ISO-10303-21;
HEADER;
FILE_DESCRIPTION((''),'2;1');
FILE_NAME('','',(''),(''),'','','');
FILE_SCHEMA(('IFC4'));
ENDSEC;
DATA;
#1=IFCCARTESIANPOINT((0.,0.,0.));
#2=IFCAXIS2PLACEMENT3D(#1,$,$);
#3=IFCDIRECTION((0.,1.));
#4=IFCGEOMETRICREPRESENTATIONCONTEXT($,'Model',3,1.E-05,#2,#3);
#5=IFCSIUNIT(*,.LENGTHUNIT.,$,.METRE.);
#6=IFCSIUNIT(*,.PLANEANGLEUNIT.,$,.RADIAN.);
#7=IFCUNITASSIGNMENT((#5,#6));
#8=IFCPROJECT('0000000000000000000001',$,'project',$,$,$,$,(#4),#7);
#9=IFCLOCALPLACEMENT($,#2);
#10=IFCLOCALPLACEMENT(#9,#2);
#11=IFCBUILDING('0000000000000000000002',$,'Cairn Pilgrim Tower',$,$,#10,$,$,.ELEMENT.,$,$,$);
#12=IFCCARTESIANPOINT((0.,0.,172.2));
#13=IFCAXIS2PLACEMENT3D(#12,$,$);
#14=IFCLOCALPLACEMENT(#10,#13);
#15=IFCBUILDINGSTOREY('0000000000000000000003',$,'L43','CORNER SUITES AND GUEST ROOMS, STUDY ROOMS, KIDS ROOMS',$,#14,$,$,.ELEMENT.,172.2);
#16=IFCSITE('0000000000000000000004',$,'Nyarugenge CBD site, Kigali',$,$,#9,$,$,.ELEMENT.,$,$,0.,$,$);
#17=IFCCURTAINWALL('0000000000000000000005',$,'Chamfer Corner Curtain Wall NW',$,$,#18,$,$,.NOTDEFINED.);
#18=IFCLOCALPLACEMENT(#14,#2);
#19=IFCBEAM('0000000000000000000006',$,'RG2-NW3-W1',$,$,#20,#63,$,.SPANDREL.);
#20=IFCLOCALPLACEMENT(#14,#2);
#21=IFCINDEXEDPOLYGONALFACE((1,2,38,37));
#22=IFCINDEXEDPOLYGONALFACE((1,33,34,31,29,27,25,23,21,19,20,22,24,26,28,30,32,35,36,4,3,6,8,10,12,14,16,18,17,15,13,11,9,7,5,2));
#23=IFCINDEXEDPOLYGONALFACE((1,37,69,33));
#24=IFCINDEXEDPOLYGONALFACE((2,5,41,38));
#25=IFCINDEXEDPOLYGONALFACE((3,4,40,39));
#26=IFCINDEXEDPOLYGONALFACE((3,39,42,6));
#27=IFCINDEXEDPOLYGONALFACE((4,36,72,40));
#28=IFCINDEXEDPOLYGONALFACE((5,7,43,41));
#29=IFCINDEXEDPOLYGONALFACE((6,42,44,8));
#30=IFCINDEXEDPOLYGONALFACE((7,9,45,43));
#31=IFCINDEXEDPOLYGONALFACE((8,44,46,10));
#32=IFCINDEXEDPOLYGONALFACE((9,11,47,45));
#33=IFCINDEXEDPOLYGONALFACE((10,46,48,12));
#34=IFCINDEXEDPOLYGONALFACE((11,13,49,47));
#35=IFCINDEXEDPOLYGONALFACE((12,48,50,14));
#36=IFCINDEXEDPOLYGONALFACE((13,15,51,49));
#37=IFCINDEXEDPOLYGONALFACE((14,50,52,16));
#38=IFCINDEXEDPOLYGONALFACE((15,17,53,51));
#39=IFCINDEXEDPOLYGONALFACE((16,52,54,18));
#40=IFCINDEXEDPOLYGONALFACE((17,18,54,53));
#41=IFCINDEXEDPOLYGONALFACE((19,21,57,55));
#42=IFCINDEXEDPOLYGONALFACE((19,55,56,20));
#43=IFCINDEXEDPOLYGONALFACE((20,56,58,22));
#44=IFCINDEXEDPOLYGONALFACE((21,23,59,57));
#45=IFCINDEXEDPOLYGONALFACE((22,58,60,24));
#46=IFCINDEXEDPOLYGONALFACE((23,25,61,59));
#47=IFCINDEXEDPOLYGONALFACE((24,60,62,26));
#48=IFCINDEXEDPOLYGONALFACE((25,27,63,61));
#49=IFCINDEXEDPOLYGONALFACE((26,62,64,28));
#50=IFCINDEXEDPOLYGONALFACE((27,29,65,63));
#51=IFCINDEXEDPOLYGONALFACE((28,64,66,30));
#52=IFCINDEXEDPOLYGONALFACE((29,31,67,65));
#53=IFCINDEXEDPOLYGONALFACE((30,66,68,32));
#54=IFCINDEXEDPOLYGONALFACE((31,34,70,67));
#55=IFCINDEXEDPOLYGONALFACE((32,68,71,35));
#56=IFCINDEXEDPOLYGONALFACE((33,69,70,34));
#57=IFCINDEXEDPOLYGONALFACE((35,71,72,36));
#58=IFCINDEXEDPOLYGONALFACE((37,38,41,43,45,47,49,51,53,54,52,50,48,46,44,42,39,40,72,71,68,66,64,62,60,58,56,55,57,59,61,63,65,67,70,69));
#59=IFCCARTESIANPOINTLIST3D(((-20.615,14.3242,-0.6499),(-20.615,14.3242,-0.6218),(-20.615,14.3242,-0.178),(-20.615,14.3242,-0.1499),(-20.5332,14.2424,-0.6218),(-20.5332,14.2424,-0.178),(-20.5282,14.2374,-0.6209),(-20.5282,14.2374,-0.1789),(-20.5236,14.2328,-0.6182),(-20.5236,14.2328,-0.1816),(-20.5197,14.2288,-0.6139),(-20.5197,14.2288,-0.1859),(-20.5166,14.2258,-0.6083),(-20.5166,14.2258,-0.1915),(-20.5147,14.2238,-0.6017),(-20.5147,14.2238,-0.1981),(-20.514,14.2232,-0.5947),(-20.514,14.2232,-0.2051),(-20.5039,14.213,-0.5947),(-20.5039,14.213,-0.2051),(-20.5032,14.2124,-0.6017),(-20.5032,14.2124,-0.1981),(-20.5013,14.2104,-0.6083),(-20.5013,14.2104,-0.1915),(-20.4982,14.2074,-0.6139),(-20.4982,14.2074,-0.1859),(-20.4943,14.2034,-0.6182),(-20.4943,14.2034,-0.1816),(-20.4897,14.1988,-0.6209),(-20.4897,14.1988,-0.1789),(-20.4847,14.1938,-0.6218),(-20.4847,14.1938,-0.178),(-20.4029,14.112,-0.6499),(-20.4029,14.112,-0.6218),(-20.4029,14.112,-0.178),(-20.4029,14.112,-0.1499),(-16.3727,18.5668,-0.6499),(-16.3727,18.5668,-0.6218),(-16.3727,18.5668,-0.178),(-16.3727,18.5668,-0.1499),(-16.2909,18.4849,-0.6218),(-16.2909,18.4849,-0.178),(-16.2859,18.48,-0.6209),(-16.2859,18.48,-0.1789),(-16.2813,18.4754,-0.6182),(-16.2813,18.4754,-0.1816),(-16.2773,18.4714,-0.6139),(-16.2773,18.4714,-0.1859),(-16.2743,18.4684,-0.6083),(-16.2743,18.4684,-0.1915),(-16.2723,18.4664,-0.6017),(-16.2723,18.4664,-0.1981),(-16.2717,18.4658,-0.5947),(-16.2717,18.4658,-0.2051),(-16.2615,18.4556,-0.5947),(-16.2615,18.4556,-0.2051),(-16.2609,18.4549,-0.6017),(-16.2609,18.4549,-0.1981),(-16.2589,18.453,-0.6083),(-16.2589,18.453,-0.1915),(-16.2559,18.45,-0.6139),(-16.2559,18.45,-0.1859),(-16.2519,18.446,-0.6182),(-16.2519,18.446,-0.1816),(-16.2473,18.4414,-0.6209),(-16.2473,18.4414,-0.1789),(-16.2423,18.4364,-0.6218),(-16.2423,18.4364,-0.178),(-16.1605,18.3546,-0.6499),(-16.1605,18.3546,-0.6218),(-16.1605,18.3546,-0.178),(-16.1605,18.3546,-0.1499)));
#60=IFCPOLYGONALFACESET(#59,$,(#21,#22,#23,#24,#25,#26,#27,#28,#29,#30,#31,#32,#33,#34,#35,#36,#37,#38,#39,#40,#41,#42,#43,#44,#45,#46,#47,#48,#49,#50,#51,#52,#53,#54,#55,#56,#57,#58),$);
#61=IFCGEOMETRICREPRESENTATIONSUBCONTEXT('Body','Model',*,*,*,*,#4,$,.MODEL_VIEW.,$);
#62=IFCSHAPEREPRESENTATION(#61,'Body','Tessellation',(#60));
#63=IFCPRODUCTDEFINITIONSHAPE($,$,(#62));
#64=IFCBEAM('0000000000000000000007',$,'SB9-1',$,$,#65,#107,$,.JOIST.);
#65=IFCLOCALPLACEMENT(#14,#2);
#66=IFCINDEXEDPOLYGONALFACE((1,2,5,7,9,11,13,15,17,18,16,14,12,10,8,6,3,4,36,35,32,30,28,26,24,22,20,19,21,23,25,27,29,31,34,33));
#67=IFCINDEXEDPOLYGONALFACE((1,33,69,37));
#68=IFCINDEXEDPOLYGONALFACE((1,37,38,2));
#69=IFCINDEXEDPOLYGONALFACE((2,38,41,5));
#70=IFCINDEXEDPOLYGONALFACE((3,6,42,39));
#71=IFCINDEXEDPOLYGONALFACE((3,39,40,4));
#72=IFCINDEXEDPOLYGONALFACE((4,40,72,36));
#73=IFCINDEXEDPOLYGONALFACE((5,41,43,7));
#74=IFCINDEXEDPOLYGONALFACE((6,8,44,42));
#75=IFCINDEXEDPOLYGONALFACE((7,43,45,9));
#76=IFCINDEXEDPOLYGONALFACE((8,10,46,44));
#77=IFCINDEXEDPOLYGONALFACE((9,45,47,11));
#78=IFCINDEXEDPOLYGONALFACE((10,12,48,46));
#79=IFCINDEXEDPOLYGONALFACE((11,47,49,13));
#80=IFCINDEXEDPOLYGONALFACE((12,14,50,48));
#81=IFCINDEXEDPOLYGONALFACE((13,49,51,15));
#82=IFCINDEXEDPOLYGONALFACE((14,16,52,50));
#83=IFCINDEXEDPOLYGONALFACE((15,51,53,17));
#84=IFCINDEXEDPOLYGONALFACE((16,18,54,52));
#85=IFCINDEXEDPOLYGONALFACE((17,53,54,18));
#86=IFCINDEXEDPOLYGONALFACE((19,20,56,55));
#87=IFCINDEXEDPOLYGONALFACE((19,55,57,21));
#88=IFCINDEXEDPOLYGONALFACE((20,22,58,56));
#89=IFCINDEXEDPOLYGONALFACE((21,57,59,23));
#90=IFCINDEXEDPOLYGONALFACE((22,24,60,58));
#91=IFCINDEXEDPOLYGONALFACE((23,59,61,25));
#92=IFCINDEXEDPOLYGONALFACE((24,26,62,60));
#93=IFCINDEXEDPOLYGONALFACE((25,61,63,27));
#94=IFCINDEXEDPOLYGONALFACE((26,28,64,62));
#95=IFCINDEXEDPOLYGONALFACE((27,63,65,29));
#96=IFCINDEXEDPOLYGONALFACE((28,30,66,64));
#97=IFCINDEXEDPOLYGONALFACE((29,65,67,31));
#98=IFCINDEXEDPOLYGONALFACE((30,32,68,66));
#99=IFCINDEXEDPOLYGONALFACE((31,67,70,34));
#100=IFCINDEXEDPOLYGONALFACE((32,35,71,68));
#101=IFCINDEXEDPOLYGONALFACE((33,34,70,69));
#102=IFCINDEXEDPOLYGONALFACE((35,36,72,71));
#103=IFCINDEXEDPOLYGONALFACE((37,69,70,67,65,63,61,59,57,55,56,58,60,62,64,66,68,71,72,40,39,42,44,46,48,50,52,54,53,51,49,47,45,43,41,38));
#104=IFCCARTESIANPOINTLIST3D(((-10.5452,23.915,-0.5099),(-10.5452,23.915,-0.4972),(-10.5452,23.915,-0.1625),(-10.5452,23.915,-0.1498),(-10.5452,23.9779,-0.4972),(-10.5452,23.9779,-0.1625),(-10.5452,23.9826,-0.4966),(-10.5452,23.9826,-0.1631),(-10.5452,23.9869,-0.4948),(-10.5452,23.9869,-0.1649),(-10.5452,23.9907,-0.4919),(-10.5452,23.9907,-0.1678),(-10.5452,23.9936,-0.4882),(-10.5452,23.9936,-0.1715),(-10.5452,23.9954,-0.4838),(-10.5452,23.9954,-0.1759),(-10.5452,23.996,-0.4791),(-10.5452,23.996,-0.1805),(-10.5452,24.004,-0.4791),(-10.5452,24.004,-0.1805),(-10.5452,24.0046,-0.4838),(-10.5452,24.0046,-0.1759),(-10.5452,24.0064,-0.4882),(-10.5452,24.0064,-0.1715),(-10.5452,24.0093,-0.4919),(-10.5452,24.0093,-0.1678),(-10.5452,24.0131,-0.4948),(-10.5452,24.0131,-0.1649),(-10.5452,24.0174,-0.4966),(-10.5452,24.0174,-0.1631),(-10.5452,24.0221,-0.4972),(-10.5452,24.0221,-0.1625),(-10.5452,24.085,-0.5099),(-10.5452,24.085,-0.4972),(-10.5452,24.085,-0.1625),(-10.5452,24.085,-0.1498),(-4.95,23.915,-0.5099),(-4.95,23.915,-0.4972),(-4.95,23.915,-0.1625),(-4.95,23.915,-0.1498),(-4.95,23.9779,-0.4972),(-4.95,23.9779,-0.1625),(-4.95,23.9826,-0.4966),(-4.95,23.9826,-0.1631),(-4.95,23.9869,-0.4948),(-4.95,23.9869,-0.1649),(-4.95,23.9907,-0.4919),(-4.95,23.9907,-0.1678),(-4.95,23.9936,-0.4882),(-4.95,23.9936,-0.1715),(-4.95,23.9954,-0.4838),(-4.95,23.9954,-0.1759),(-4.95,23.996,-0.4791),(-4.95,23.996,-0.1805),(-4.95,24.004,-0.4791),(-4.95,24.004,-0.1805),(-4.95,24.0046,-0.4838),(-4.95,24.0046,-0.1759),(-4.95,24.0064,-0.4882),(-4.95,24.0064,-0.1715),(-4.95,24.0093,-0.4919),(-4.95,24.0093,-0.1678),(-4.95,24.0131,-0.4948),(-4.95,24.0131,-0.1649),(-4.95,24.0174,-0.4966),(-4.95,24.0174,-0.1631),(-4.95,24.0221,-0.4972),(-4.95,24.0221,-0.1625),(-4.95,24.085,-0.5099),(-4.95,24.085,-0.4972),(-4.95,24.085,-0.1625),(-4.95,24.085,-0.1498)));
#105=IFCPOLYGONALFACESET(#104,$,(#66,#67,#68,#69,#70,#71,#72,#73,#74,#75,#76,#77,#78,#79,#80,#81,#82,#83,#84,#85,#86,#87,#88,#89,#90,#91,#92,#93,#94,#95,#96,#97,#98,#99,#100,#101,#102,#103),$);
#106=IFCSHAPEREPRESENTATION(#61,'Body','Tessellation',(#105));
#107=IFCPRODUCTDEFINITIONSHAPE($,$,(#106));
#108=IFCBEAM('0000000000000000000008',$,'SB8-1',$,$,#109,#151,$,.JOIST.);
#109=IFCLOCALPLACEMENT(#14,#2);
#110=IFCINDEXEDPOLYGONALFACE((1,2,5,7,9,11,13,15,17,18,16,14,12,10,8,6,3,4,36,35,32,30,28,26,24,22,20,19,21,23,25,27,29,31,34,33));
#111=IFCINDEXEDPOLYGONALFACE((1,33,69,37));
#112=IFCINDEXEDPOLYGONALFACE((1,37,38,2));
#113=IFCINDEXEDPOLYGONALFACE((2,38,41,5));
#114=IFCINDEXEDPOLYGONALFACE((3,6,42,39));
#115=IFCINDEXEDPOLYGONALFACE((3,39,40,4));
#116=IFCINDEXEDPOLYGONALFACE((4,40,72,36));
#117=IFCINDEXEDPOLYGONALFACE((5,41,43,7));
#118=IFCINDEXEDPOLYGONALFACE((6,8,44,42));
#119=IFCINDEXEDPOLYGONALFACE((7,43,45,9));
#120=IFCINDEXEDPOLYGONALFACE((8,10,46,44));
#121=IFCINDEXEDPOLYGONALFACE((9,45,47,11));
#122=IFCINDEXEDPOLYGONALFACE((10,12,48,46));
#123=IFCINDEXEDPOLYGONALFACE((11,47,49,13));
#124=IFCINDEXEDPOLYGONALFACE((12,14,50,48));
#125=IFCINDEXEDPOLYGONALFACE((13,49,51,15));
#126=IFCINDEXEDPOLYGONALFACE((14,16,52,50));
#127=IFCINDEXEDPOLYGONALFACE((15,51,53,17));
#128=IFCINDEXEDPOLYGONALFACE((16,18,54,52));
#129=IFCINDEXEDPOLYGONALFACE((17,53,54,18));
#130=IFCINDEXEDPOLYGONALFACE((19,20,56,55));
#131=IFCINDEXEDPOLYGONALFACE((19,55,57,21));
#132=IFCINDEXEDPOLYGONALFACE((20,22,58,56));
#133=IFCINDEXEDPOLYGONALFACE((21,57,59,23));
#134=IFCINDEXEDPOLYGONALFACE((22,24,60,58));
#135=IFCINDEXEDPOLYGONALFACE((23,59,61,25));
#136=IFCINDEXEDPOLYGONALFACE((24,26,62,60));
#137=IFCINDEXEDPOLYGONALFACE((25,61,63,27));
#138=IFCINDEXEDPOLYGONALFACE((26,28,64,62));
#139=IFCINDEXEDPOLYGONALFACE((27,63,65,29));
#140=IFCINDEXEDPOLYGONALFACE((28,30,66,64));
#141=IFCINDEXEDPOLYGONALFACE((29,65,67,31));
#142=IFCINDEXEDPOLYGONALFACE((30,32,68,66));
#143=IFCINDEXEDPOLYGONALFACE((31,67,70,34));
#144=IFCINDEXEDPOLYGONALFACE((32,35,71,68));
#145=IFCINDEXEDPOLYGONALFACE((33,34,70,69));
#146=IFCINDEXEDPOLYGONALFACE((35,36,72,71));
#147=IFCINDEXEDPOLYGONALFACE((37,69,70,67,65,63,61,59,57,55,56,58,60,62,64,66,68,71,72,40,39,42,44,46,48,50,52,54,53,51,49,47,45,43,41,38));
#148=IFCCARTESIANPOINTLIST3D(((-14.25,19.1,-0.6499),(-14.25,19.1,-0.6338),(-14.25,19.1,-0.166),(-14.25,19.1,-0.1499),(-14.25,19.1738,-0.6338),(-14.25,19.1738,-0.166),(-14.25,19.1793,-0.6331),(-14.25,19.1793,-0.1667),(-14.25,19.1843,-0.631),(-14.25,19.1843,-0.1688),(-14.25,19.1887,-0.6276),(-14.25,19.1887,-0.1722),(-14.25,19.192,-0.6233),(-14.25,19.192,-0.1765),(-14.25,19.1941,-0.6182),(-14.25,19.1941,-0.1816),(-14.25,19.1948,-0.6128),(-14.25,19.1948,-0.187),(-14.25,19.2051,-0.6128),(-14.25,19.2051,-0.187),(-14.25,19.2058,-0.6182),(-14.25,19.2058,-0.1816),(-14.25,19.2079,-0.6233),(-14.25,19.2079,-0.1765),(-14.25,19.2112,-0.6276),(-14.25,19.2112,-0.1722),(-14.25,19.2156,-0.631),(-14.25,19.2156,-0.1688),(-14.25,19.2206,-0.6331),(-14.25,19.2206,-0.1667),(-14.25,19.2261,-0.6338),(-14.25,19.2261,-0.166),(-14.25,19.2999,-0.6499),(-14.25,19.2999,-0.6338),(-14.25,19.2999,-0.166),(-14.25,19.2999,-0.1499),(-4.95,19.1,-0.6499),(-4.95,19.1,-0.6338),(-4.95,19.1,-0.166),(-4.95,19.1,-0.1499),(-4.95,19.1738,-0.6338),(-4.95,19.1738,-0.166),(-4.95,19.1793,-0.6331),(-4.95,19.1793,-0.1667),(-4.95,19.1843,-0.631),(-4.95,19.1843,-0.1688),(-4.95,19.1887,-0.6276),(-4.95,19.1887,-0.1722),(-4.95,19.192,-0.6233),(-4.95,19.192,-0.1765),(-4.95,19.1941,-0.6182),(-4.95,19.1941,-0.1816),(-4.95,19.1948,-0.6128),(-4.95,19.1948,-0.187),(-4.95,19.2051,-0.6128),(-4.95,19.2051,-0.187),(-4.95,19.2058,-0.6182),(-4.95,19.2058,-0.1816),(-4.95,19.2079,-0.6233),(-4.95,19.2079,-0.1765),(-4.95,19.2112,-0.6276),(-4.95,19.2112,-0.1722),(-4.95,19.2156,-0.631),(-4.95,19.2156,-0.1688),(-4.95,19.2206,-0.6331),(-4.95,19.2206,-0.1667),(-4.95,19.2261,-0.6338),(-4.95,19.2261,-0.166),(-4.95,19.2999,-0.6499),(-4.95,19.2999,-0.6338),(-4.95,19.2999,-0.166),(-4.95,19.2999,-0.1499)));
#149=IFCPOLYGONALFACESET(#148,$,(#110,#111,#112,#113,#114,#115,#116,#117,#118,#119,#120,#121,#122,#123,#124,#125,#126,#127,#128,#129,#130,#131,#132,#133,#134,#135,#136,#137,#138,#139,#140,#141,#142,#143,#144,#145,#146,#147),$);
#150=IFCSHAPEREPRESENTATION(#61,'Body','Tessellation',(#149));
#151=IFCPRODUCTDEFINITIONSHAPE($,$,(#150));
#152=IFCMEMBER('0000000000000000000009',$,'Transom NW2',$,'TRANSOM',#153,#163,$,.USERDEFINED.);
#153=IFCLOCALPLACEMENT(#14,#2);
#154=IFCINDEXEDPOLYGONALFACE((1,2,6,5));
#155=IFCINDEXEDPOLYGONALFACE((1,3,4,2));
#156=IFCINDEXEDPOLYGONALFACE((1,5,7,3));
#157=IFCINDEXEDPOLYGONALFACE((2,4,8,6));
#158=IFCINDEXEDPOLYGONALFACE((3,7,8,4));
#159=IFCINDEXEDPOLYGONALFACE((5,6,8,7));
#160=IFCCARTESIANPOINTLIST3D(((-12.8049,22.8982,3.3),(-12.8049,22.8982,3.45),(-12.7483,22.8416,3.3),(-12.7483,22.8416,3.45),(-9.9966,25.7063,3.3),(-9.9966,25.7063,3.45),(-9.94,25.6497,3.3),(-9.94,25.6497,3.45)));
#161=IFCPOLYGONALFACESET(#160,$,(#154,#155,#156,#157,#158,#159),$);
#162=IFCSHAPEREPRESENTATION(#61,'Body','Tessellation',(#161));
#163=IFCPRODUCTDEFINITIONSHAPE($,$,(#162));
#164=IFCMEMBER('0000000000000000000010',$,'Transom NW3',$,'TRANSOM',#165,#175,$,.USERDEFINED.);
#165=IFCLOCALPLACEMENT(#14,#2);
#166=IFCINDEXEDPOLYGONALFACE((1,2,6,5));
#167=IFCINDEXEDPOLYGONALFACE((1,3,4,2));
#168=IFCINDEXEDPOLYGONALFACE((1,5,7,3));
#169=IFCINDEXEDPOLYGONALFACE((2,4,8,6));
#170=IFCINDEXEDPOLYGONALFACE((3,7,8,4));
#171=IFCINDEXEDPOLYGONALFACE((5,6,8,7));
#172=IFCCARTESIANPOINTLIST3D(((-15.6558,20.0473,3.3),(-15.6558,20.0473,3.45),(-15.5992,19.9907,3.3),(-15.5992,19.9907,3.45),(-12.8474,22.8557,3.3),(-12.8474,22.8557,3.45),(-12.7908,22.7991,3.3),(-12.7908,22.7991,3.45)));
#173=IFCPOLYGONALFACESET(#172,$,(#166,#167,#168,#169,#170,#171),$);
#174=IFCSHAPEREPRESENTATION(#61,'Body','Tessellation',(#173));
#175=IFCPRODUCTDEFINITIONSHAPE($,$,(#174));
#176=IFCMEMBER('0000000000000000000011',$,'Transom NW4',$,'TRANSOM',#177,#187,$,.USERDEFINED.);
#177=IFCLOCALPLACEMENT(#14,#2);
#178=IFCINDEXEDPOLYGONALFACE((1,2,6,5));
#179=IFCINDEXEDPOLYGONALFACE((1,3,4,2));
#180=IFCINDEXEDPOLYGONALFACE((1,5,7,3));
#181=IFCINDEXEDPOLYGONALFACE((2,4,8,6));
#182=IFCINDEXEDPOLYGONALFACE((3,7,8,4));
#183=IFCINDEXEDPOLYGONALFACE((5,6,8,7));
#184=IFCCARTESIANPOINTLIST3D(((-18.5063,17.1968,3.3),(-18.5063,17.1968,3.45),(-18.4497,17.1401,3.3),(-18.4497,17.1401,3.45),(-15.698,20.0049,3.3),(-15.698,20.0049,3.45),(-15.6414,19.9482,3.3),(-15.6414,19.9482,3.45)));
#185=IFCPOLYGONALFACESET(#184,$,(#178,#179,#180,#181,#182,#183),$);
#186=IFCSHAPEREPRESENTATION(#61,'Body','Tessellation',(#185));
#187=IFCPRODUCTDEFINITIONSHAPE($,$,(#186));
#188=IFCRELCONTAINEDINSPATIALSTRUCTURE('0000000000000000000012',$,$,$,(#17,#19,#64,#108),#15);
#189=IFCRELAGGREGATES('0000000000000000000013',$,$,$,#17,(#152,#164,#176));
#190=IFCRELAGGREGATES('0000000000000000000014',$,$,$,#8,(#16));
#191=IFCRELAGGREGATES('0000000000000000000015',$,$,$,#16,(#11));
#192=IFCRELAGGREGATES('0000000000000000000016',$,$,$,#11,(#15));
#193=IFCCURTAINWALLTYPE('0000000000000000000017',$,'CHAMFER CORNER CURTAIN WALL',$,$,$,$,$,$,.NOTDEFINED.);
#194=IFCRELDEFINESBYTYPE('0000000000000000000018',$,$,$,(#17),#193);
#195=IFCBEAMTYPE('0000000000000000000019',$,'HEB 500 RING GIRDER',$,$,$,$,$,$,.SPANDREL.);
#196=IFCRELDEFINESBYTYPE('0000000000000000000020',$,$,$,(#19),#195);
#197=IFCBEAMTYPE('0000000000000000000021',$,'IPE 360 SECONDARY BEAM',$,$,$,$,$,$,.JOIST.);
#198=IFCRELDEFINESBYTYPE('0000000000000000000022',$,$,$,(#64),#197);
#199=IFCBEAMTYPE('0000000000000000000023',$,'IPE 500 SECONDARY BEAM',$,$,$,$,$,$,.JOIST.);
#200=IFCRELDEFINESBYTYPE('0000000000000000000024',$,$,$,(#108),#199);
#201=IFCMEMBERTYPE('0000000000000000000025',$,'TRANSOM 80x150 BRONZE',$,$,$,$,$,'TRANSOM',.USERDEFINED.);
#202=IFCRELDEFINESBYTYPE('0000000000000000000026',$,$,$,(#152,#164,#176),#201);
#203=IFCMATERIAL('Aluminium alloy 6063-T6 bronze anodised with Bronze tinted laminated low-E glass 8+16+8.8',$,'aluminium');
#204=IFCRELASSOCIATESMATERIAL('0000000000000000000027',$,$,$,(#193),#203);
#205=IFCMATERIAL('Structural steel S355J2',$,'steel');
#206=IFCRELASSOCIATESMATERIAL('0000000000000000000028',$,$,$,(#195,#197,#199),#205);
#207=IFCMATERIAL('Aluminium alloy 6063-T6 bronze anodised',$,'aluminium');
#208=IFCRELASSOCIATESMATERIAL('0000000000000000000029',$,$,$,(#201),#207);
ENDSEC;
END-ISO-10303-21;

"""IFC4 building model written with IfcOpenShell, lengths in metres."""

from ifc_helpers import new_model, si_unit, direction, frame, origin, origin_2d, place, context, subcontext, project, spatial, rectangle, i_section, extrude, material, material_profile, profile_set, type_object, element, aggregate, save


model = new_model("IFC4")

# Units and contexts
model_context = context("Model", 3, precision=1e-05, world=origin(), true_north=direction((0.0, 1.0)))
body_context = subcontext(model_context, "Body", "Model", "MODEL_VIEW")
ifc_project = project(units=[si_unit("LENGTHUNIT", "METRE"), si_unit("PLANEANGLEUNIT", "RADIAN")], contexts=[model_context])

# Site, building, storey
site_placement = place(None, origin())
site = spatial("IfcSite", under=ifc_project, at=site_placement, Name="Nyarugenge CBD site, Kigali", CompositionType="ELEMENT", RefElevation=0.0)
building_placement = place(site_placement, origin())
building = spatial("IfcBuilding", under=site, at=building_placement, Name="Cairn Pilgrim Tower", CompositionType="ELEMENT")
storey_placement = place(building_placement, frame((0.0, 0.0, 172.2)))
storey = spatial("IfcBuildingStorey", under=building, at=storey_placement, Name="L43", Description="CORNER SUITES AND GUEST ROOMS, STUDY ROOMS, KIDS ROOMS", CompositionType="ELEMENT", Elevation=172.2)

# Shared definitions
ifc_material_1 = material(Name="Structural steel S355J2", Category="steel")

# Curtain wall
ifc_material_2 = material(Name="Aluminium alloy 6063-T6 bronze anodised with Bronze tinted laminated low-E glass 8+16+8.8", Category="aluminium")
curtain_wall_type = type_object("IfcCurtainWallType", Name="CHAMFER CORNER CURTAIN WALL", PredefinedType="NOTDEFINED", material=ifc_material_2)
curtain_wall_placement = place(storey_placement, origin())
curtain_wall = element("IfcCurtainWall", 1, at=curtain_wall_placement, inside=storey, type_object=curtain_wall_type, Name="Chamfer Corner Curtain Wall NW", PredefinedType="NOTDEFINED")
ifc_material_3 = material(Name="Aluminium alloy 6063-T6 bronze anodised", Category="aluminium")

# Beams
ifc_material_profile_1 = material_profile(ifc_material_1, i_section(OverallWidth=0.3, OverallDepth=0.5, WebThickness=0.0144, FlangeThickness=0.0281, FilletRadius=0.0271, at=origin_2d()), Name="HEB 500")
ifc_profile_set_1 = profile_set([ifc_material_profile_1], Name="Structural steel S355J2")
beam_type_1 = type_object("IfcBeamType", Name="HEB 500 RING GIRDER", PredefinedType="SPANDREL", material=ifc_profile_set_1)
beam_1_placement = place(storey_placement, frame((-16.2666, 18.4607, -0.3999), z_axis=(-0.707086, -0.707127, 0.0), x_axis=(0.707127, -0.707086, 0.0)))
element("IfcBeam", 2, at=beam_1_placement, inside=storey, type_object=beam_type_1, Name="RG2-NW3-W1", PredefinedType="SPANDREL", context=body_context, shape_type="SweptSolid", body=[
    extrude(i_section(OverallWidth=0.3, OverallDepth=0.5, WebThickness=0.0144, FlangeThickness=0.0281, FilletRadius=0.0271, at=origin_2d()), origin(), (0.0, 0.0, 1.0), 5.9998),
])
ifc_material_profile_2 = material_profile(ifc_material_1, i_section(OverallWidth=0.1699, OverallDepth=0.3601, WebThickness=0.0081, FlangeThickness=0.0127, FilletRadius=0.0181, at=origin_2d()), Name="IPE 360")
ifc_profile_set_2 = profile_set([ifc_material_profile_2], Name="Structural steel S355J2")
beam_type_2 = type_object("IfcBeamType", Name="IPE 360 SECONDARY BEAM", PredefinedType="JOIST", material=ifc_profile_set_2)
beam_2_placement = place(storey_placement, frame((-10.5452, 24.0, -0.3298), z_axis=(1.0, 0.0, 0.0), x_axis=(0.0, 1.0, 0.0)))
element("IfcBeam", 3, at=beam_2_placement, inside=storey, type_object=beam_type_2, Name="SB9-1", PredefinedType="JOIST", context=body_context, shape_type="SweptSolid", body=[
    extrude(i_section(OverallWidth=0.1699, OverallDepth=0.3601, WebThickness=0.0081, FlangeThickness=0.0127, FilletRadius=0.0181, at=origin_2d()), origin(), (0.0, 0.0, 1.0), 5.5952),
])
ifc_material_profile_3 = material_profile(ifc_material_1, i_section(OverallWidth=0.2, OverallDepth=0.5, WebThickness=0.0103, FlangeThickness=0.0161, FilletRadius=0.021, at=origin_2d()), Name="IPE 500")
ifc_profile_set_3 = profile_set([ifc_material_profile_3], Name="Structural steel S355J2")
beam_type_3 = type_object("IfcBeamType", Name="IPE 500 SECONDARY BEAM", PredefinedType="JOIST", material=ifc_profile_set_3)
beam_3_placement = place(storey_placement, frame((-14.25, 19.2, -0.3999), z_axis=(1.0, 0.0, 0.0), x_axis=(0.0, 1.0, 0.0)))
element("IfcBeam", 4, at=beam_3_placement, inside=storey, type_object=beam_type_3, Name="SB8-1", PredefinedType="JOIST", context=body_context, shape_type="SweptSolid", body=[
    extrude(i_section(OverallWidth=0.2, OverallDepth=0.5, WebThickness=0.0103, FlangeThickness=0.0161, FilletRadius=0.021, at=origin_2d()), origin(), (0.0, 0.0, 1.0), 9.3),
])

# Members
ifc_material_profile_4 = material_profile(ifc_material_3, rectangle(XDim=0.0801, YDim=0.1499, at=origin_2d()), Name="TRANSOM 80x150 BRONZE")
ifc_profile_set_4 = profile_set([ifc_material_profile_4], Name="Aluminium alloy 6063-T6 bronze anodised")
member_type_1 = type_object("IfcMemberType", Name="TRANSOM 80x150 BRONZE", ElementType="TRANSOM", PredefinedType="USERDEFINED", material=ifc_profile_set_4)
member_1_placement = place(storey_placement, frame((-9.9683, 25.678, 3.375), z_axis=(-0.707138, -0.707076, 0.0), x_axis=(0.707076, -0.707138, 0.0)))
member_1 = element("IfcMember", 5, at=member_1_placement, type_object=member_type_1, Name="Transom NW2", ObjectType="TRANSOM", PredefinedType="USERDEFINED", context=body_context, shape_type="SweptSolid", body=[
    extrude(rectangle(XDim=0.0801, YDim=0.1499, at=origin_2d()), origin(), (0.0, 0.0, 1.0), 3.9714),
])
member_2_placement = place(storey_placement, frame((-12.8191, 22.8274, 3.375), z_axis=(-0.707107, -0.707107, 0.0), x_axis=(0.707107, -0.707107, 0.0)))
member_2 = element("IfcMember", 6, at=member_2_placement, type_object=member_type_1, Name="Transom NW3", ObjectType="TRANSOM", PredefinedType="USERDEFINED", context=body_context, shape_type="SweptSolid", body=[
    extrude(rectangle(XDim=0.0801, YDim=0.1499, at=origin_2d()), origin(), (0.0, 0.0, 1.0), 3.9717),
])
member_3_placement = place(storey_placement, frame((-15.6697, 19.9766, 3.375), z_axis=(-0.707138, -0.707076, 0.0), x_axis=(0.707076, -0.707138, 0.0)))
member_3 = element("IfcMember", 7, at=member_3_placement, type_object=member_type_1, Name="Transom NW4", ObjectType="TRANSOM", PredefinedType="USERDEFINED", context=body_context, shape_type="SweptSolid", body=[
    extrude(rectangle(XDim=0.0801, YDim=0.1499, at=origin_2d()), origin(), (0.0, 0.0, 1.0), 3.9714),
])

aggregate(curtain_wall, [member_1, member_2, member_3])

save(model, "model.ifc")
